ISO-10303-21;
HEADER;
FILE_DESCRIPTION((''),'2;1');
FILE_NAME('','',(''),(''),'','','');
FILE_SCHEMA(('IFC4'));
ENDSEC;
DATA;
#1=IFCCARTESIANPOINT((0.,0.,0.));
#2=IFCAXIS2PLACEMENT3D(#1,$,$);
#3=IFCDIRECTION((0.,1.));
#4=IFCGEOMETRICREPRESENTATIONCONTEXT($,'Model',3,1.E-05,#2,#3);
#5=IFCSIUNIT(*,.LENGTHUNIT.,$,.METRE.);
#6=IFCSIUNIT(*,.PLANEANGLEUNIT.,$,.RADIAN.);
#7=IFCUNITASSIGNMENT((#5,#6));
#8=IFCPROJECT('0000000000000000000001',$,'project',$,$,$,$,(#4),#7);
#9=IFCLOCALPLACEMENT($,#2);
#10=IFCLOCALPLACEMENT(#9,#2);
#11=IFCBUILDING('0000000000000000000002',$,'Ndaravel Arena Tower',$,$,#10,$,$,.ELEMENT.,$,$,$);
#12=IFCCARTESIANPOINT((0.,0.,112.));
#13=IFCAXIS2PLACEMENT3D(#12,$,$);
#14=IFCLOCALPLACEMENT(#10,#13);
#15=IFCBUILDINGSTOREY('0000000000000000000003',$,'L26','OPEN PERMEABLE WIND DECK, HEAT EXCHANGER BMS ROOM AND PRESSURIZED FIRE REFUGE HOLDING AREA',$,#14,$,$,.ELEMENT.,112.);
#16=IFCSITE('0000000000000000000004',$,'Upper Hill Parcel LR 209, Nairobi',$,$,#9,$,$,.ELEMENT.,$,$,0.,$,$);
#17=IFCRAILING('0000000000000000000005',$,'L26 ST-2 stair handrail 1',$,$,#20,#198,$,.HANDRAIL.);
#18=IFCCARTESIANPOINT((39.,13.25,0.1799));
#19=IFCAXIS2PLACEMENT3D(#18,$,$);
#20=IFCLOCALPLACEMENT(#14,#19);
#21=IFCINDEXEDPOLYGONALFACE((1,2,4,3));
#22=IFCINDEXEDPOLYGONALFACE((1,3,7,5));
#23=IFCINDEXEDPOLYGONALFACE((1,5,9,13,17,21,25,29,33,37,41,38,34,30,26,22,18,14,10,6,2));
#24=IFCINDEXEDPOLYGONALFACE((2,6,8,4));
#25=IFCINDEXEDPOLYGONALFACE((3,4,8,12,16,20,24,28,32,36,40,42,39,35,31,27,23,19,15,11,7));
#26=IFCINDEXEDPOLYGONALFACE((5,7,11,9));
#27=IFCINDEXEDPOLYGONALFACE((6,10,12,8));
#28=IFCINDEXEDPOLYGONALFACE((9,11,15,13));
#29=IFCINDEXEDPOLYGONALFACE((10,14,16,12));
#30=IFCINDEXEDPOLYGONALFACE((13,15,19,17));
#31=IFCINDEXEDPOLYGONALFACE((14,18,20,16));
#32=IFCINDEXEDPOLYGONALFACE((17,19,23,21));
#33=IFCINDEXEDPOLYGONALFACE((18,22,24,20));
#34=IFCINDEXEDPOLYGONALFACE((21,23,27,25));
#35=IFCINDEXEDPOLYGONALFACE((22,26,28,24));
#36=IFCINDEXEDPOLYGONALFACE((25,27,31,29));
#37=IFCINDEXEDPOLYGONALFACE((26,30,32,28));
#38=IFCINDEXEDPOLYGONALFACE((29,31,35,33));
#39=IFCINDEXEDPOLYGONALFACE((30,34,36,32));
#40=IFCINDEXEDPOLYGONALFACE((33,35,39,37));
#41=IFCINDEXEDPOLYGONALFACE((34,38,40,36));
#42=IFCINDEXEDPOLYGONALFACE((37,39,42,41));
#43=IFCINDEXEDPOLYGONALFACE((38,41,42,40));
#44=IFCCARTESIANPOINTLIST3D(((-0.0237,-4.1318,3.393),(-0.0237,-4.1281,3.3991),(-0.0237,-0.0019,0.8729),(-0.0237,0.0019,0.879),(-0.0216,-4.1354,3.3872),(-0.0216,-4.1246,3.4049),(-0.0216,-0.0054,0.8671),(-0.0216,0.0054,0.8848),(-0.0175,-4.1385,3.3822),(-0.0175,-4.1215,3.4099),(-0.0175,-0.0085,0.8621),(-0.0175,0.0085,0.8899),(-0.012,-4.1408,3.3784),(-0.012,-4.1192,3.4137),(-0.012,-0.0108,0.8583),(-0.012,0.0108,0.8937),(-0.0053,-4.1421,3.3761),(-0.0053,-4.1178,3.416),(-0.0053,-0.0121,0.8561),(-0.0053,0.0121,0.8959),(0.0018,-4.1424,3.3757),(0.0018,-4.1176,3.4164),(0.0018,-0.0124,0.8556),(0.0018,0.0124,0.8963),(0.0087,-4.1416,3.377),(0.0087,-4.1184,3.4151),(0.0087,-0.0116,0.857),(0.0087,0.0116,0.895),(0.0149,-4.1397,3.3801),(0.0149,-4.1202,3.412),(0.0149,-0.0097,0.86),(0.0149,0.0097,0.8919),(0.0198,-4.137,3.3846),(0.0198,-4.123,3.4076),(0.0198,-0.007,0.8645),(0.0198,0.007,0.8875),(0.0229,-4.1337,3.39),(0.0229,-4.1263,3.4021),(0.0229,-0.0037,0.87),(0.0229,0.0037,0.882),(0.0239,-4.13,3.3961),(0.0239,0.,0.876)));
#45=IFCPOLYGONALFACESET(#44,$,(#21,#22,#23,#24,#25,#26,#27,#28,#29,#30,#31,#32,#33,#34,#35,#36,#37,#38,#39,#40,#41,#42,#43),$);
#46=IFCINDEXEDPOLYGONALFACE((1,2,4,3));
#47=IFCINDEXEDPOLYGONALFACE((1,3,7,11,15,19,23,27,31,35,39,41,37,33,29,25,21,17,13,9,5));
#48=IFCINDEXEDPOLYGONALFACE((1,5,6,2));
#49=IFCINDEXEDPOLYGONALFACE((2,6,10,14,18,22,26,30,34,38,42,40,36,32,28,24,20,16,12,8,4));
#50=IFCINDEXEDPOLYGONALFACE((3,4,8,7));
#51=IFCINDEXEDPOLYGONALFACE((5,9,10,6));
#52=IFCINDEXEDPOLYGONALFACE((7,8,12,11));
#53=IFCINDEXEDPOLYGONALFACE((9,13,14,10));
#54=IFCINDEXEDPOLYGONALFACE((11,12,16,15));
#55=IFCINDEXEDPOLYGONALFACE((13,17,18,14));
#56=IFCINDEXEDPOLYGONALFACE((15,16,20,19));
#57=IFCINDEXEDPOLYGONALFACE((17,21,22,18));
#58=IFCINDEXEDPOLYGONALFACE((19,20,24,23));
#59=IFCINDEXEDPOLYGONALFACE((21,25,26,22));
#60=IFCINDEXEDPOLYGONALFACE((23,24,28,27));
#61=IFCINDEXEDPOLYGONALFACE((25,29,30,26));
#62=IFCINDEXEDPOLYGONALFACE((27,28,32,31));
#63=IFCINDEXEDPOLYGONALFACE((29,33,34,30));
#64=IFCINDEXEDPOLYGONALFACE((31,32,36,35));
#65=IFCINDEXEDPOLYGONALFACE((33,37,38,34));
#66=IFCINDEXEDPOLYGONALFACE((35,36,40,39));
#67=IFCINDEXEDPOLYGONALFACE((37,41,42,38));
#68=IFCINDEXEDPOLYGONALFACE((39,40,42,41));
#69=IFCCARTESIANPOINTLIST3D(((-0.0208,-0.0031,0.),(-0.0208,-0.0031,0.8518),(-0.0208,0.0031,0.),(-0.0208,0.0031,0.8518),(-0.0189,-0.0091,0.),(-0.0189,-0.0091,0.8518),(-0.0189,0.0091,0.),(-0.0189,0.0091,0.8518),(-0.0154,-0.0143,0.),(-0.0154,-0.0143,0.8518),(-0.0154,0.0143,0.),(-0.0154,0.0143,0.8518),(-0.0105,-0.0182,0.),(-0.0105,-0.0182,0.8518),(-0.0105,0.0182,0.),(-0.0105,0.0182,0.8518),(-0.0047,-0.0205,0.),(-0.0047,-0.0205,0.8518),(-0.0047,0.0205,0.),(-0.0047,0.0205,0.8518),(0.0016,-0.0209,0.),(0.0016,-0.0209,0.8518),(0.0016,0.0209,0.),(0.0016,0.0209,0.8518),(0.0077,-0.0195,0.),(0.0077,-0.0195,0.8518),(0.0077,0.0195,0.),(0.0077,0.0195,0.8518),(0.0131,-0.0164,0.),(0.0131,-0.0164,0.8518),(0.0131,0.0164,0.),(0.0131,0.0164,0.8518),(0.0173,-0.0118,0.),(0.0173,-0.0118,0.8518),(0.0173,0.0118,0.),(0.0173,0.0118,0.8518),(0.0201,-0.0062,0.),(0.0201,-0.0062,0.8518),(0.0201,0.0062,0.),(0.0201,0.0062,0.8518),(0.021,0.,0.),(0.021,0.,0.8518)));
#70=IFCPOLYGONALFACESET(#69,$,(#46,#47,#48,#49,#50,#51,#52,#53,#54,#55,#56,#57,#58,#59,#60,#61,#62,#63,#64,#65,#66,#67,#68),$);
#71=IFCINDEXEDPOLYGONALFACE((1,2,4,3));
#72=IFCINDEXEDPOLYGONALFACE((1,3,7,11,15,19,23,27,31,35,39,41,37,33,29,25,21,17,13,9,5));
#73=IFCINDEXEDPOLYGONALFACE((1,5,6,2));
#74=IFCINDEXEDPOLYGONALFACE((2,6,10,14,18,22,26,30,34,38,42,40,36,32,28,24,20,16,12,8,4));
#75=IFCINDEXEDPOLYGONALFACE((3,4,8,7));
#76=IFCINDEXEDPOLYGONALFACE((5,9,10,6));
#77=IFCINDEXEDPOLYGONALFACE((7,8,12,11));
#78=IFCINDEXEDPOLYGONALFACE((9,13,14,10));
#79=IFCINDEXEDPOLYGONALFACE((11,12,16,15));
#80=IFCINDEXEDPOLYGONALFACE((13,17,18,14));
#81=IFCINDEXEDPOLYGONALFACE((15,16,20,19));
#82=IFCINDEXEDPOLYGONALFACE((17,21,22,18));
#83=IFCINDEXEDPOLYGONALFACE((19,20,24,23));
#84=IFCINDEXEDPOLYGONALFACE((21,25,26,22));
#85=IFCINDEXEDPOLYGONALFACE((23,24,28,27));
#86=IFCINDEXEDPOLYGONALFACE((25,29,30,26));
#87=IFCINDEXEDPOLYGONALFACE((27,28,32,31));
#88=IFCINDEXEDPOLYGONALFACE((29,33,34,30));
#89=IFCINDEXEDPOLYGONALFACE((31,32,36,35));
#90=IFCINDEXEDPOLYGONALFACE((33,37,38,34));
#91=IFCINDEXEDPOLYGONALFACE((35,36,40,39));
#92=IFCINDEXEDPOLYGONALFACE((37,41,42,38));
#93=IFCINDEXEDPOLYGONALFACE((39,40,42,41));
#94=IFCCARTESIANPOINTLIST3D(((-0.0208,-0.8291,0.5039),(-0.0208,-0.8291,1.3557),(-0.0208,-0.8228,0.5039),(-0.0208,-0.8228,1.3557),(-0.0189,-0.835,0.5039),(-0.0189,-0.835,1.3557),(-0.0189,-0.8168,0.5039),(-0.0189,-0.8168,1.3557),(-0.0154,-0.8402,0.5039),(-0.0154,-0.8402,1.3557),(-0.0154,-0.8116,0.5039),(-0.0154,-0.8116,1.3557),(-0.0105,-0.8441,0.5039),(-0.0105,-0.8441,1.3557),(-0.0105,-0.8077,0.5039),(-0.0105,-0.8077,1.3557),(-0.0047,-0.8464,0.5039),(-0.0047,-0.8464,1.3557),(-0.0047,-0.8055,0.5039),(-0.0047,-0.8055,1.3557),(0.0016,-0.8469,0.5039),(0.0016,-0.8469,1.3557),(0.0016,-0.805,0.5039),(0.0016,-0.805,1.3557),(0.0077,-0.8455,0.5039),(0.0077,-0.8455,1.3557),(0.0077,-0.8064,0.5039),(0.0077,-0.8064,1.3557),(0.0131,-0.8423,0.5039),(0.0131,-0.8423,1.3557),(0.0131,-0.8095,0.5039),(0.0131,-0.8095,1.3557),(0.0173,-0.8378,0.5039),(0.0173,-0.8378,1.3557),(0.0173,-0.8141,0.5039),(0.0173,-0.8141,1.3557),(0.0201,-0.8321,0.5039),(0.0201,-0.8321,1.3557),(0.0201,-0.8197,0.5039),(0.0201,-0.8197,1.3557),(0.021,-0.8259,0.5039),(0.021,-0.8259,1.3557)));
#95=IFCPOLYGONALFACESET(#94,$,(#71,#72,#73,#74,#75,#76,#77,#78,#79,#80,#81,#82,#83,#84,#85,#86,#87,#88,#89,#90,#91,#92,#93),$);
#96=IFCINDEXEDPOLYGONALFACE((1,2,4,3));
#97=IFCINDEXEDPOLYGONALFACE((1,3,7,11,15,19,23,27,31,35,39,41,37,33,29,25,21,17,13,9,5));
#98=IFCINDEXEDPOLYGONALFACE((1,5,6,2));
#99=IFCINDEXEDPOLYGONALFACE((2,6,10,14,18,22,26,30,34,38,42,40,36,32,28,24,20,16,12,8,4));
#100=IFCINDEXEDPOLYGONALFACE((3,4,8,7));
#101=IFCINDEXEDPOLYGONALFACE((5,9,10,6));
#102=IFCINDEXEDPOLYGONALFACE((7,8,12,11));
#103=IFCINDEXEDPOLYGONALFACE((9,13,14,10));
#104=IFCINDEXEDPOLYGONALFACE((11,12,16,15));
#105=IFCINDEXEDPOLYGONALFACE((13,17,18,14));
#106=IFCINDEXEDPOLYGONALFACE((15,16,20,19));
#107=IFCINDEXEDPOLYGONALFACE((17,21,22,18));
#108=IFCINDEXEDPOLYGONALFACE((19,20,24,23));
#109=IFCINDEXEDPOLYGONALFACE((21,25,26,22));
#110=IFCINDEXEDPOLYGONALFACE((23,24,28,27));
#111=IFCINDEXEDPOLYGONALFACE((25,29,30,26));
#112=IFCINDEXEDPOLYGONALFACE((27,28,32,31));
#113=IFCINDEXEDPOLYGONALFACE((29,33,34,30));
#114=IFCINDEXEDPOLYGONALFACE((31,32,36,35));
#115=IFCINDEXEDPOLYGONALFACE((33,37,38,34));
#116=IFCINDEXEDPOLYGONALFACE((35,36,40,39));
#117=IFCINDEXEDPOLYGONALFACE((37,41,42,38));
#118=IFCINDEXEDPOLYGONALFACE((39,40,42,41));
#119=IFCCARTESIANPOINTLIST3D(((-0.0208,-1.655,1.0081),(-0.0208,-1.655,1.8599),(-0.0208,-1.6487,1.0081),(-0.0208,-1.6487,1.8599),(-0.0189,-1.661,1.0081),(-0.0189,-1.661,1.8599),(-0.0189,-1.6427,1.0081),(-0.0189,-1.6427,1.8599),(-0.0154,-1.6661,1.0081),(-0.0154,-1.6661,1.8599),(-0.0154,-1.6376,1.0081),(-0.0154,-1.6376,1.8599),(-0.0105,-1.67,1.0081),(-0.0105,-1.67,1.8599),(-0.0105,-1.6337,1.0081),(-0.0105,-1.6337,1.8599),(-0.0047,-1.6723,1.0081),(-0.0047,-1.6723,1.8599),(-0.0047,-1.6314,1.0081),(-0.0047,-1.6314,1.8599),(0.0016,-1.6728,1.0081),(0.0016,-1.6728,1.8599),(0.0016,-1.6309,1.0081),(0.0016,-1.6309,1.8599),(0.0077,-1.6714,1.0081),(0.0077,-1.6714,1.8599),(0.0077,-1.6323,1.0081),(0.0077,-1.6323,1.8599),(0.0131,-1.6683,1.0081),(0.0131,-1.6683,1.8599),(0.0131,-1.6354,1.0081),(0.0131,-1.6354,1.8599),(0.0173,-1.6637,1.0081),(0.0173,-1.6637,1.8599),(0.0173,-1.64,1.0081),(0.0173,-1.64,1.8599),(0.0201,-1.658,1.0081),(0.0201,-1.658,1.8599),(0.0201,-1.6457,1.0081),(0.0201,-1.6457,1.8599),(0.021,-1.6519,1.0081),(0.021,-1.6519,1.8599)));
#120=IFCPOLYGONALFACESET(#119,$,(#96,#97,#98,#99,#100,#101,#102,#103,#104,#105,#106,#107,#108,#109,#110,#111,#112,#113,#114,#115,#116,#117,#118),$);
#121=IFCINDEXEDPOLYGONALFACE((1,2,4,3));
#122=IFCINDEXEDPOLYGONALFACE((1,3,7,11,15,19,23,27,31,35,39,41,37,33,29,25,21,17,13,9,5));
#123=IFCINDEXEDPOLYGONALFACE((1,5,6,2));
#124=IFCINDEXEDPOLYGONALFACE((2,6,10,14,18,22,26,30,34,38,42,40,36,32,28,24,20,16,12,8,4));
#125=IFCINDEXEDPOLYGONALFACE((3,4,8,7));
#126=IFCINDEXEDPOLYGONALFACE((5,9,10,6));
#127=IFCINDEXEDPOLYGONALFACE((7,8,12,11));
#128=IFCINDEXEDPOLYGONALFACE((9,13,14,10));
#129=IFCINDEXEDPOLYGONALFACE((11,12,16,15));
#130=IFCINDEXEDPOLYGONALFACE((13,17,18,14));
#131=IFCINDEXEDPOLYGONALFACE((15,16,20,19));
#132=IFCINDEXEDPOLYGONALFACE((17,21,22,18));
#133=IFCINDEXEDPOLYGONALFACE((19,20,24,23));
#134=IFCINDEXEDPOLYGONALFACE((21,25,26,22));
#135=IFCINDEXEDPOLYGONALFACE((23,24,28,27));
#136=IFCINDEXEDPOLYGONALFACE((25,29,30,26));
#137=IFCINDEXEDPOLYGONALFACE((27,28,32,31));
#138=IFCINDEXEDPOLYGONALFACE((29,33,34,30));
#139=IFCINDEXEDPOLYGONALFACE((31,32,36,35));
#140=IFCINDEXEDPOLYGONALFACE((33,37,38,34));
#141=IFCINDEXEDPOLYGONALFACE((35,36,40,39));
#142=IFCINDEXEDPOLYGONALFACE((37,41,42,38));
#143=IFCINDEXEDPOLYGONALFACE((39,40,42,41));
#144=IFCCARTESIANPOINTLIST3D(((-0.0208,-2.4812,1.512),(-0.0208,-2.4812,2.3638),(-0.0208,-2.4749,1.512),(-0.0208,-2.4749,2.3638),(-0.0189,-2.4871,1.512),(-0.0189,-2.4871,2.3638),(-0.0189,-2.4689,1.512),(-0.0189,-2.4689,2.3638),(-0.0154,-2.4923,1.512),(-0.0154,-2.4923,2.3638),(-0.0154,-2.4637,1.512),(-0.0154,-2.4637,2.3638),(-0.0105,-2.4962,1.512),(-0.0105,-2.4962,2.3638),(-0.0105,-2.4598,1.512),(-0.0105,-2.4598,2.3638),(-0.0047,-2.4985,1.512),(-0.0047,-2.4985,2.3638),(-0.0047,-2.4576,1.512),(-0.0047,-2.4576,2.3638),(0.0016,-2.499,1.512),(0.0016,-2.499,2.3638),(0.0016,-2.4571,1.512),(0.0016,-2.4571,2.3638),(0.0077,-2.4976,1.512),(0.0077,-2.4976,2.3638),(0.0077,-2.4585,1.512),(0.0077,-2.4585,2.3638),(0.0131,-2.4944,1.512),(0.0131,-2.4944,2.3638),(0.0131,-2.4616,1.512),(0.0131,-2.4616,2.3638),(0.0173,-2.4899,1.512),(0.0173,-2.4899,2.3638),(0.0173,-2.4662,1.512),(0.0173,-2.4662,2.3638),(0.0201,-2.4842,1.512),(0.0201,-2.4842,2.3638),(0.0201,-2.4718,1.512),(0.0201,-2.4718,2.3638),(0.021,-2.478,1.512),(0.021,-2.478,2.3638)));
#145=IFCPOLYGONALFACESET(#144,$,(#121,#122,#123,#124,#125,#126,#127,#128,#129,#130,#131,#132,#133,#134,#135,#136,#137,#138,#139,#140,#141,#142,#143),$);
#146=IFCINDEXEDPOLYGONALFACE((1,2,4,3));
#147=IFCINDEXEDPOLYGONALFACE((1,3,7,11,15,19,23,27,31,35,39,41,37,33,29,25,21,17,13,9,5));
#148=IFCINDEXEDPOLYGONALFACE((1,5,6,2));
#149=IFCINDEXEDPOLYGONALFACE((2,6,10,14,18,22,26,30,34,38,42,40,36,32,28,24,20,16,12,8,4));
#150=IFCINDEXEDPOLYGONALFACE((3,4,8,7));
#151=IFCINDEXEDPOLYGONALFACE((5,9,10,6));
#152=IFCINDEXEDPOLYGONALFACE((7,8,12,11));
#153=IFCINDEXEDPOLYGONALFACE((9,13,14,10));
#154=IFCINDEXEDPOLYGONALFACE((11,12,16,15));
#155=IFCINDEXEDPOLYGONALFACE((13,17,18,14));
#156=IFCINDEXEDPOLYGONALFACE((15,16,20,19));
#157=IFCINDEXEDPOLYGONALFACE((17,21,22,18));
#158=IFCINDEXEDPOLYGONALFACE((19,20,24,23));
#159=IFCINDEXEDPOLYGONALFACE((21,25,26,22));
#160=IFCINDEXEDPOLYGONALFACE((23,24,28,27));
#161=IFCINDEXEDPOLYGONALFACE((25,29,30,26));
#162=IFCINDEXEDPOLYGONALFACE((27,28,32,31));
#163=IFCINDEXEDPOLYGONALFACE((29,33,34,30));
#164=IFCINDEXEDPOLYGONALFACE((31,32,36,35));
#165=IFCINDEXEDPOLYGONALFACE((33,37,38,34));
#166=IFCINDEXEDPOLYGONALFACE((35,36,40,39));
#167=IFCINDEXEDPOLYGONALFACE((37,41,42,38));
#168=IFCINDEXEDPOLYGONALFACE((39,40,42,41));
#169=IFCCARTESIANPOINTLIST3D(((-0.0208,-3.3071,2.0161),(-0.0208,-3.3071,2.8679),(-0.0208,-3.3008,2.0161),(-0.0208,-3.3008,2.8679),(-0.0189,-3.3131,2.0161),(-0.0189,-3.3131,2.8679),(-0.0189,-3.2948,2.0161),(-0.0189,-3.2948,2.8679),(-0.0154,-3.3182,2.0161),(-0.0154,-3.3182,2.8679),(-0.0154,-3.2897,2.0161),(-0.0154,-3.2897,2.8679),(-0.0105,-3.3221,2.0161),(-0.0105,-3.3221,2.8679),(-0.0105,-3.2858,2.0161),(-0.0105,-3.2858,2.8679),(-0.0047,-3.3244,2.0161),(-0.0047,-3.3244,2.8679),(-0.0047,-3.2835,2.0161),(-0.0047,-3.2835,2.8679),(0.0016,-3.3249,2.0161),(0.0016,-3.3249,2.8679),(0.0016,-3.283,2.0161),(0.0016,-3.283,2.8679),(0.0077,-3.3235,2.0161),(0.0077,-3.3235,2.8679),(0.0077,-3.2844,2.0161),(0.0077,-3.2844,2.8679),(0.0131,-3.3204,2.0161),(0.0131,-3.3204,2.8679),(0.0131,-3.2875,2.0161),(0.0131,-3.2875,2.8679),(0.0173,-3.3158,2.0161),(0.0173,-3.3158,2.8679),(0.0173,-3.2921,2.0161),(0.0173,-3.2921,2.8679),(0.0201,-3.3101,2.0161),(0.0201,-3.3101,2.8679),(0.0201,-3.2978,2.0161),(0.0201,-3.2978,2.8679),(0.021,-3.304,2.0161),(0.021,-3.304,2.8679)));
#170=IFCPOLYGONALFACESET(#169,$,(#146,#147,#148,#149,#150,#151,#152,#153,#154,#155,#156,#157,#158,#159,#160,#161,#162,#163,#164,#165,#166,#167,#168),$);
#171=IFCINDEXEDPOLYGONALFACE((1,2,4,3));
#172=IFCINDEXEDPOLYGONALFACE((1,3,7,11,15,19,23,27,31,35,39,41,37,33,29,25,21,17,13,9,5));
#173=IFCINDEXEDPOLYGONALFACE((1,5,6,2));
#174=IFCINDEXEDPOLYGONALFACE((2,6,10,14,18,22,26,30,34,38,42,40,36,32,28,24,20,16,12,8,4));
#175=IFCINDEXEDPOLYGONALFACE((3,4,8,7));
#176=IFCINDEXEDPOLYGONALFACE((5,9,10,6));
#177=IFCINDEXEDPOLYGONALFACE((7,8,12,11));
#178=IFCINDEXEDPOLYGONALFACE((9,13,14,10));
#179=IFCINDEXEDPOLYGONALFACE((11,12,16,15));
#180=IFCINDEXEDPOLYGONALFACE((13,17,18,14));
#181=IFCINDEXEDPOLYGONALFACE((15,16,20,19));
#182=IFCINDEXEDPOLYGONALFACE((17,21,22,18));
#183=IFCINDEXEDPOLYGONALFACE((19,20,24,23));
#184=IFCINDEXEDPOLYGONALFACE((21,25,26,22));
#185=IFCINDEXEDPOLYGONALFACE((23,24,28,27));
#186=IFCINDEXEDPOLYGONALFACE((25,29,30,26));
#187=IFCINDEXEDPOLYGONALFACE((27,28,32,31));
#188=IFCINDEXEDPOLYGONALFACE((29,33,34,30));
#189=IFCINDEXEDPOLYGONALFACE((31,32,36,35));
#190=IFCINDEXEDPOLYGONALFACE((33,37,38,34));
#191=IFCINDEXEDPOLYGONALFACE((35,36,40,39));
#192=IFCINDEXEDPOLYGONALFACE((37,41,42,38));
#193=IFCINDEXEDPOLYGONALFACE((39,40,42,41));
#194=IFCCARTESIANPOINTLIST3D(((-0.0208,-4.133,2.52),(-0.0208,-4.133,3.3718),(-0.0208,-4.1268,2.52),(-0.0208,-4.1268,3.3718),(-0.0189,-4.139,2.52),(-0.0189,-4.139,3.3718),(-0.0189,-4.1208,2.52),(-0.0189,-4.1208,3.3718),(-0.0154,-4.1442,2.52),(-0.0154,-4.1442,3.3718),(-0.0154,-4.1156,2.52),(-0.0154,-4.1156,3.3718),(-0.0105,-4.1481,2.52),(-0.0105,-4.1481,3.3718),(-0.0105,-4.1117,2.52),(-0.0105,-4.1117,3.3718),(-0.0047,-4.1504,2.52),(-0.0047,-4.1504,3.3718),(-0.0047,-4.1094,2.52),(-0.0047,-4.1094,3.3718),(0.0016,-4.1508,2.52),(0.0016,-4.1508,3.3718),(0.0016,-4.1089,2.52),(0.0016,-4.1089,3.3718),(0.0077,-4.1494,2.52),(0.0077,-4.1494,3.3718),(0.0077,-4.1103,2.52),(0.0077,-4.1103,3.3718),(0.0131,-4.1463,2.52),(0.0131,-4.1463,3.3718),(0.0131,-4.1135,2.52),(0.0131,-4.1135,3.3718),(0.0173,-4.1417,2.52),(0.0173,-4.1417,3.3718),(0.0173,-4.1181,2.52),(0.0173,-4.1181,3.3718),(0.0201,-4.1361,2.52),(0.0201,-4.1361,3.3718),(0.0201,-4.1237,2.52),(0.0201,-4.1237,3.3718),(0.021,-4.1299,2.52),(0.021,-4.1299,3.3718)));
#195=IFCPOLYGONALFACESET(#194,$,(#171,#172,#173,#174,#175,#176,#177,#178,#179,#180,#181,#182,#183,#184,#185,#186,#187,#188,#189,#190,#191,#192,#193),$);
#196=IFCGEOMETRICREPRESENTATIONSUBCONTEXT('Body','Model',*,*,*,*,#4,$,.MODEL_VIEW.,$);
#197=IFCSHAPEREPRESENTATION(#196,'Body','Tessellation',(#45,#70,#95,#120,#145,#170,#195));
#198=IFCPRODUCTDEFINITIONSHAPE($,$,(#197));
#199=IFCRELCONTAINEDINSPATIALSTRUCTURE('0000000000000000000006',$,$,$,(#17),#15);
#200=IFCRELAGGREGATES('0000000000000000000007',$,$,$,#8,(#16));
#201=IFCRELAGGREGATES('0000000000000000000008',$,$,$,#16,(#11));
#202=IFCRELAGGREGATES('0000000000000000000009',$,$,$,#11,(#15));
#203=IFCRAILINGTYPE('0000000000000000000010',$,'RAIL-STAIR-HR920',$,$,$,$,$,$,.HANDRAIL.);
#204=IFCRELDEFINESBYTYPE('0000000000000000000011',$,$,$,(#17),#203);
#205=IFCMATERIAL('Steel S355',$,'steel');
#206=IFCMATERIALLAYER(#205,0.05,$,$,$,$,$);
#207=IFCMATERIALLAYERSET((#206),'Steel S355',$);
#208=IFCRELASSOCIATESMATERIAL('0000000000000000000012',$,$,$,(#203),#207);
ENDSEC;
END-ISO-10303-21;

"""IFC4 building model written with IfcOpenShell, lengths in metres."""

from ifc_helpers import new_model, si_unit, direction, frame, origin, origin_2d, place, context, subcontext, project, spatial, circle, extrude, material, layer, layer_set, type_object, element, save


model = new_model("IFC4")

# Units and contexts
model_context = context("Model", 3, precision=1e-05, world=origin(), true_north=direction((0.0, 1.0)))
body_context = subcontext(model_context, "Body", "Model", "MODEL_VIEW")
ifc_project = project(units=[si_unit("LENGTHUNIT", "METRE"), si_unit("PLANEANGLEUNIT", "RADIAN")], contexts=[model_context])

# Site, building, storey
site_placement = place(None, origin())
site = spatial("IfcSite", under=ifc_project, at=site_placement, Name="Upper Hill Parcel LR 209, Nairobi", CompositionType="ELEMENT", RefElevation=0.0)
building_placement = place(site_placement, origin())
building = spatial("IfcBuilding", under=site, at=building_placement, Name="Ndaravel Arena Tower", CompositionType="ELEMENT")
storey_placement = place(building_placement, frame((0.0, 0.0, 112.0)))
storey = spatial("IfcBuildingStorey", under=building, at=storey_placement, Name="L26", Description="OPEN PERMEABLE WIND DECK, HEAT EXCHANGER BMS ROOM AND PRESSURIZED FIRE REFUGE HOLDING AREA", CompositionType="ELEMENT", Elevation=112.0)

# Railing
ifc_material_1 = material(Name="Steel S355", Category="steel")
ifc_layer_1 = layer(ifc_material_1, 0.05)
ifc_layer_set_1 = layer_set([ifc_layer_1], Name="Steel S355")
railing_type_1 = type_object("IfcRailingType", Name="RAIL-STAIR-HR920", PredefinedType="HANDRAIL", material=ifc_layer_set_1)
railing_1_placement = place(storey_placement, frame((39.0, 13.25, 0.1799)))
element("IfcRailing", 1, at=railing_1_placement, inside=storey, type_object=railing_type_1, Name="L26 ST-2 stair handrail 1", PredefinedType="HANDRAIL", context=body_context, shape_type="SweptSolid", body=[
    extrude(circle(Radius=0.0239, at=origin_2d()), frame((0.0, 0.0, 0.876), z_axis=(0.0, -0.853631, 0.520878), x_axis=(1.0, 0.0, 0.0)), (0.0, 0.0, 1.0), 4.8381),
    extrude(circle(Radius=0.021, at=origin_2d()), origin(), (0.0, 0.0, 1.0), 0.8518),
    extrude(circle(Radius=0.021, at=origin_2d()), frame((0.0, -0.8259, 0.5039)), (0.0, 0.0, 1.0), 0.8518),
    extrude(circle(Radius=0.021, at=origin_2d()), frame((0.0, -1.6519, 1.0081)), (0.0, 0.0, 1.0), 0.8518),
    extrude(circle(Radius=0.021, at=origin_2d()), frame((0.0, -2.478, 1.512)), (0.0, 0.0, 1.0), 0.8518),
    extrude(circle(Radius=0.021, at=origin_2d()), frame((0.0, -3.304, 2.0161)), (0.0, 0.0, 1.0), 0.8518),
    extrude(circle(Radius=0.021, at=origin_2d()), frame((0.0, -4.1299, 2.52)), (0.0, 0.0, 1.0), 0.8518),
])

save(model, "model.ifc")
